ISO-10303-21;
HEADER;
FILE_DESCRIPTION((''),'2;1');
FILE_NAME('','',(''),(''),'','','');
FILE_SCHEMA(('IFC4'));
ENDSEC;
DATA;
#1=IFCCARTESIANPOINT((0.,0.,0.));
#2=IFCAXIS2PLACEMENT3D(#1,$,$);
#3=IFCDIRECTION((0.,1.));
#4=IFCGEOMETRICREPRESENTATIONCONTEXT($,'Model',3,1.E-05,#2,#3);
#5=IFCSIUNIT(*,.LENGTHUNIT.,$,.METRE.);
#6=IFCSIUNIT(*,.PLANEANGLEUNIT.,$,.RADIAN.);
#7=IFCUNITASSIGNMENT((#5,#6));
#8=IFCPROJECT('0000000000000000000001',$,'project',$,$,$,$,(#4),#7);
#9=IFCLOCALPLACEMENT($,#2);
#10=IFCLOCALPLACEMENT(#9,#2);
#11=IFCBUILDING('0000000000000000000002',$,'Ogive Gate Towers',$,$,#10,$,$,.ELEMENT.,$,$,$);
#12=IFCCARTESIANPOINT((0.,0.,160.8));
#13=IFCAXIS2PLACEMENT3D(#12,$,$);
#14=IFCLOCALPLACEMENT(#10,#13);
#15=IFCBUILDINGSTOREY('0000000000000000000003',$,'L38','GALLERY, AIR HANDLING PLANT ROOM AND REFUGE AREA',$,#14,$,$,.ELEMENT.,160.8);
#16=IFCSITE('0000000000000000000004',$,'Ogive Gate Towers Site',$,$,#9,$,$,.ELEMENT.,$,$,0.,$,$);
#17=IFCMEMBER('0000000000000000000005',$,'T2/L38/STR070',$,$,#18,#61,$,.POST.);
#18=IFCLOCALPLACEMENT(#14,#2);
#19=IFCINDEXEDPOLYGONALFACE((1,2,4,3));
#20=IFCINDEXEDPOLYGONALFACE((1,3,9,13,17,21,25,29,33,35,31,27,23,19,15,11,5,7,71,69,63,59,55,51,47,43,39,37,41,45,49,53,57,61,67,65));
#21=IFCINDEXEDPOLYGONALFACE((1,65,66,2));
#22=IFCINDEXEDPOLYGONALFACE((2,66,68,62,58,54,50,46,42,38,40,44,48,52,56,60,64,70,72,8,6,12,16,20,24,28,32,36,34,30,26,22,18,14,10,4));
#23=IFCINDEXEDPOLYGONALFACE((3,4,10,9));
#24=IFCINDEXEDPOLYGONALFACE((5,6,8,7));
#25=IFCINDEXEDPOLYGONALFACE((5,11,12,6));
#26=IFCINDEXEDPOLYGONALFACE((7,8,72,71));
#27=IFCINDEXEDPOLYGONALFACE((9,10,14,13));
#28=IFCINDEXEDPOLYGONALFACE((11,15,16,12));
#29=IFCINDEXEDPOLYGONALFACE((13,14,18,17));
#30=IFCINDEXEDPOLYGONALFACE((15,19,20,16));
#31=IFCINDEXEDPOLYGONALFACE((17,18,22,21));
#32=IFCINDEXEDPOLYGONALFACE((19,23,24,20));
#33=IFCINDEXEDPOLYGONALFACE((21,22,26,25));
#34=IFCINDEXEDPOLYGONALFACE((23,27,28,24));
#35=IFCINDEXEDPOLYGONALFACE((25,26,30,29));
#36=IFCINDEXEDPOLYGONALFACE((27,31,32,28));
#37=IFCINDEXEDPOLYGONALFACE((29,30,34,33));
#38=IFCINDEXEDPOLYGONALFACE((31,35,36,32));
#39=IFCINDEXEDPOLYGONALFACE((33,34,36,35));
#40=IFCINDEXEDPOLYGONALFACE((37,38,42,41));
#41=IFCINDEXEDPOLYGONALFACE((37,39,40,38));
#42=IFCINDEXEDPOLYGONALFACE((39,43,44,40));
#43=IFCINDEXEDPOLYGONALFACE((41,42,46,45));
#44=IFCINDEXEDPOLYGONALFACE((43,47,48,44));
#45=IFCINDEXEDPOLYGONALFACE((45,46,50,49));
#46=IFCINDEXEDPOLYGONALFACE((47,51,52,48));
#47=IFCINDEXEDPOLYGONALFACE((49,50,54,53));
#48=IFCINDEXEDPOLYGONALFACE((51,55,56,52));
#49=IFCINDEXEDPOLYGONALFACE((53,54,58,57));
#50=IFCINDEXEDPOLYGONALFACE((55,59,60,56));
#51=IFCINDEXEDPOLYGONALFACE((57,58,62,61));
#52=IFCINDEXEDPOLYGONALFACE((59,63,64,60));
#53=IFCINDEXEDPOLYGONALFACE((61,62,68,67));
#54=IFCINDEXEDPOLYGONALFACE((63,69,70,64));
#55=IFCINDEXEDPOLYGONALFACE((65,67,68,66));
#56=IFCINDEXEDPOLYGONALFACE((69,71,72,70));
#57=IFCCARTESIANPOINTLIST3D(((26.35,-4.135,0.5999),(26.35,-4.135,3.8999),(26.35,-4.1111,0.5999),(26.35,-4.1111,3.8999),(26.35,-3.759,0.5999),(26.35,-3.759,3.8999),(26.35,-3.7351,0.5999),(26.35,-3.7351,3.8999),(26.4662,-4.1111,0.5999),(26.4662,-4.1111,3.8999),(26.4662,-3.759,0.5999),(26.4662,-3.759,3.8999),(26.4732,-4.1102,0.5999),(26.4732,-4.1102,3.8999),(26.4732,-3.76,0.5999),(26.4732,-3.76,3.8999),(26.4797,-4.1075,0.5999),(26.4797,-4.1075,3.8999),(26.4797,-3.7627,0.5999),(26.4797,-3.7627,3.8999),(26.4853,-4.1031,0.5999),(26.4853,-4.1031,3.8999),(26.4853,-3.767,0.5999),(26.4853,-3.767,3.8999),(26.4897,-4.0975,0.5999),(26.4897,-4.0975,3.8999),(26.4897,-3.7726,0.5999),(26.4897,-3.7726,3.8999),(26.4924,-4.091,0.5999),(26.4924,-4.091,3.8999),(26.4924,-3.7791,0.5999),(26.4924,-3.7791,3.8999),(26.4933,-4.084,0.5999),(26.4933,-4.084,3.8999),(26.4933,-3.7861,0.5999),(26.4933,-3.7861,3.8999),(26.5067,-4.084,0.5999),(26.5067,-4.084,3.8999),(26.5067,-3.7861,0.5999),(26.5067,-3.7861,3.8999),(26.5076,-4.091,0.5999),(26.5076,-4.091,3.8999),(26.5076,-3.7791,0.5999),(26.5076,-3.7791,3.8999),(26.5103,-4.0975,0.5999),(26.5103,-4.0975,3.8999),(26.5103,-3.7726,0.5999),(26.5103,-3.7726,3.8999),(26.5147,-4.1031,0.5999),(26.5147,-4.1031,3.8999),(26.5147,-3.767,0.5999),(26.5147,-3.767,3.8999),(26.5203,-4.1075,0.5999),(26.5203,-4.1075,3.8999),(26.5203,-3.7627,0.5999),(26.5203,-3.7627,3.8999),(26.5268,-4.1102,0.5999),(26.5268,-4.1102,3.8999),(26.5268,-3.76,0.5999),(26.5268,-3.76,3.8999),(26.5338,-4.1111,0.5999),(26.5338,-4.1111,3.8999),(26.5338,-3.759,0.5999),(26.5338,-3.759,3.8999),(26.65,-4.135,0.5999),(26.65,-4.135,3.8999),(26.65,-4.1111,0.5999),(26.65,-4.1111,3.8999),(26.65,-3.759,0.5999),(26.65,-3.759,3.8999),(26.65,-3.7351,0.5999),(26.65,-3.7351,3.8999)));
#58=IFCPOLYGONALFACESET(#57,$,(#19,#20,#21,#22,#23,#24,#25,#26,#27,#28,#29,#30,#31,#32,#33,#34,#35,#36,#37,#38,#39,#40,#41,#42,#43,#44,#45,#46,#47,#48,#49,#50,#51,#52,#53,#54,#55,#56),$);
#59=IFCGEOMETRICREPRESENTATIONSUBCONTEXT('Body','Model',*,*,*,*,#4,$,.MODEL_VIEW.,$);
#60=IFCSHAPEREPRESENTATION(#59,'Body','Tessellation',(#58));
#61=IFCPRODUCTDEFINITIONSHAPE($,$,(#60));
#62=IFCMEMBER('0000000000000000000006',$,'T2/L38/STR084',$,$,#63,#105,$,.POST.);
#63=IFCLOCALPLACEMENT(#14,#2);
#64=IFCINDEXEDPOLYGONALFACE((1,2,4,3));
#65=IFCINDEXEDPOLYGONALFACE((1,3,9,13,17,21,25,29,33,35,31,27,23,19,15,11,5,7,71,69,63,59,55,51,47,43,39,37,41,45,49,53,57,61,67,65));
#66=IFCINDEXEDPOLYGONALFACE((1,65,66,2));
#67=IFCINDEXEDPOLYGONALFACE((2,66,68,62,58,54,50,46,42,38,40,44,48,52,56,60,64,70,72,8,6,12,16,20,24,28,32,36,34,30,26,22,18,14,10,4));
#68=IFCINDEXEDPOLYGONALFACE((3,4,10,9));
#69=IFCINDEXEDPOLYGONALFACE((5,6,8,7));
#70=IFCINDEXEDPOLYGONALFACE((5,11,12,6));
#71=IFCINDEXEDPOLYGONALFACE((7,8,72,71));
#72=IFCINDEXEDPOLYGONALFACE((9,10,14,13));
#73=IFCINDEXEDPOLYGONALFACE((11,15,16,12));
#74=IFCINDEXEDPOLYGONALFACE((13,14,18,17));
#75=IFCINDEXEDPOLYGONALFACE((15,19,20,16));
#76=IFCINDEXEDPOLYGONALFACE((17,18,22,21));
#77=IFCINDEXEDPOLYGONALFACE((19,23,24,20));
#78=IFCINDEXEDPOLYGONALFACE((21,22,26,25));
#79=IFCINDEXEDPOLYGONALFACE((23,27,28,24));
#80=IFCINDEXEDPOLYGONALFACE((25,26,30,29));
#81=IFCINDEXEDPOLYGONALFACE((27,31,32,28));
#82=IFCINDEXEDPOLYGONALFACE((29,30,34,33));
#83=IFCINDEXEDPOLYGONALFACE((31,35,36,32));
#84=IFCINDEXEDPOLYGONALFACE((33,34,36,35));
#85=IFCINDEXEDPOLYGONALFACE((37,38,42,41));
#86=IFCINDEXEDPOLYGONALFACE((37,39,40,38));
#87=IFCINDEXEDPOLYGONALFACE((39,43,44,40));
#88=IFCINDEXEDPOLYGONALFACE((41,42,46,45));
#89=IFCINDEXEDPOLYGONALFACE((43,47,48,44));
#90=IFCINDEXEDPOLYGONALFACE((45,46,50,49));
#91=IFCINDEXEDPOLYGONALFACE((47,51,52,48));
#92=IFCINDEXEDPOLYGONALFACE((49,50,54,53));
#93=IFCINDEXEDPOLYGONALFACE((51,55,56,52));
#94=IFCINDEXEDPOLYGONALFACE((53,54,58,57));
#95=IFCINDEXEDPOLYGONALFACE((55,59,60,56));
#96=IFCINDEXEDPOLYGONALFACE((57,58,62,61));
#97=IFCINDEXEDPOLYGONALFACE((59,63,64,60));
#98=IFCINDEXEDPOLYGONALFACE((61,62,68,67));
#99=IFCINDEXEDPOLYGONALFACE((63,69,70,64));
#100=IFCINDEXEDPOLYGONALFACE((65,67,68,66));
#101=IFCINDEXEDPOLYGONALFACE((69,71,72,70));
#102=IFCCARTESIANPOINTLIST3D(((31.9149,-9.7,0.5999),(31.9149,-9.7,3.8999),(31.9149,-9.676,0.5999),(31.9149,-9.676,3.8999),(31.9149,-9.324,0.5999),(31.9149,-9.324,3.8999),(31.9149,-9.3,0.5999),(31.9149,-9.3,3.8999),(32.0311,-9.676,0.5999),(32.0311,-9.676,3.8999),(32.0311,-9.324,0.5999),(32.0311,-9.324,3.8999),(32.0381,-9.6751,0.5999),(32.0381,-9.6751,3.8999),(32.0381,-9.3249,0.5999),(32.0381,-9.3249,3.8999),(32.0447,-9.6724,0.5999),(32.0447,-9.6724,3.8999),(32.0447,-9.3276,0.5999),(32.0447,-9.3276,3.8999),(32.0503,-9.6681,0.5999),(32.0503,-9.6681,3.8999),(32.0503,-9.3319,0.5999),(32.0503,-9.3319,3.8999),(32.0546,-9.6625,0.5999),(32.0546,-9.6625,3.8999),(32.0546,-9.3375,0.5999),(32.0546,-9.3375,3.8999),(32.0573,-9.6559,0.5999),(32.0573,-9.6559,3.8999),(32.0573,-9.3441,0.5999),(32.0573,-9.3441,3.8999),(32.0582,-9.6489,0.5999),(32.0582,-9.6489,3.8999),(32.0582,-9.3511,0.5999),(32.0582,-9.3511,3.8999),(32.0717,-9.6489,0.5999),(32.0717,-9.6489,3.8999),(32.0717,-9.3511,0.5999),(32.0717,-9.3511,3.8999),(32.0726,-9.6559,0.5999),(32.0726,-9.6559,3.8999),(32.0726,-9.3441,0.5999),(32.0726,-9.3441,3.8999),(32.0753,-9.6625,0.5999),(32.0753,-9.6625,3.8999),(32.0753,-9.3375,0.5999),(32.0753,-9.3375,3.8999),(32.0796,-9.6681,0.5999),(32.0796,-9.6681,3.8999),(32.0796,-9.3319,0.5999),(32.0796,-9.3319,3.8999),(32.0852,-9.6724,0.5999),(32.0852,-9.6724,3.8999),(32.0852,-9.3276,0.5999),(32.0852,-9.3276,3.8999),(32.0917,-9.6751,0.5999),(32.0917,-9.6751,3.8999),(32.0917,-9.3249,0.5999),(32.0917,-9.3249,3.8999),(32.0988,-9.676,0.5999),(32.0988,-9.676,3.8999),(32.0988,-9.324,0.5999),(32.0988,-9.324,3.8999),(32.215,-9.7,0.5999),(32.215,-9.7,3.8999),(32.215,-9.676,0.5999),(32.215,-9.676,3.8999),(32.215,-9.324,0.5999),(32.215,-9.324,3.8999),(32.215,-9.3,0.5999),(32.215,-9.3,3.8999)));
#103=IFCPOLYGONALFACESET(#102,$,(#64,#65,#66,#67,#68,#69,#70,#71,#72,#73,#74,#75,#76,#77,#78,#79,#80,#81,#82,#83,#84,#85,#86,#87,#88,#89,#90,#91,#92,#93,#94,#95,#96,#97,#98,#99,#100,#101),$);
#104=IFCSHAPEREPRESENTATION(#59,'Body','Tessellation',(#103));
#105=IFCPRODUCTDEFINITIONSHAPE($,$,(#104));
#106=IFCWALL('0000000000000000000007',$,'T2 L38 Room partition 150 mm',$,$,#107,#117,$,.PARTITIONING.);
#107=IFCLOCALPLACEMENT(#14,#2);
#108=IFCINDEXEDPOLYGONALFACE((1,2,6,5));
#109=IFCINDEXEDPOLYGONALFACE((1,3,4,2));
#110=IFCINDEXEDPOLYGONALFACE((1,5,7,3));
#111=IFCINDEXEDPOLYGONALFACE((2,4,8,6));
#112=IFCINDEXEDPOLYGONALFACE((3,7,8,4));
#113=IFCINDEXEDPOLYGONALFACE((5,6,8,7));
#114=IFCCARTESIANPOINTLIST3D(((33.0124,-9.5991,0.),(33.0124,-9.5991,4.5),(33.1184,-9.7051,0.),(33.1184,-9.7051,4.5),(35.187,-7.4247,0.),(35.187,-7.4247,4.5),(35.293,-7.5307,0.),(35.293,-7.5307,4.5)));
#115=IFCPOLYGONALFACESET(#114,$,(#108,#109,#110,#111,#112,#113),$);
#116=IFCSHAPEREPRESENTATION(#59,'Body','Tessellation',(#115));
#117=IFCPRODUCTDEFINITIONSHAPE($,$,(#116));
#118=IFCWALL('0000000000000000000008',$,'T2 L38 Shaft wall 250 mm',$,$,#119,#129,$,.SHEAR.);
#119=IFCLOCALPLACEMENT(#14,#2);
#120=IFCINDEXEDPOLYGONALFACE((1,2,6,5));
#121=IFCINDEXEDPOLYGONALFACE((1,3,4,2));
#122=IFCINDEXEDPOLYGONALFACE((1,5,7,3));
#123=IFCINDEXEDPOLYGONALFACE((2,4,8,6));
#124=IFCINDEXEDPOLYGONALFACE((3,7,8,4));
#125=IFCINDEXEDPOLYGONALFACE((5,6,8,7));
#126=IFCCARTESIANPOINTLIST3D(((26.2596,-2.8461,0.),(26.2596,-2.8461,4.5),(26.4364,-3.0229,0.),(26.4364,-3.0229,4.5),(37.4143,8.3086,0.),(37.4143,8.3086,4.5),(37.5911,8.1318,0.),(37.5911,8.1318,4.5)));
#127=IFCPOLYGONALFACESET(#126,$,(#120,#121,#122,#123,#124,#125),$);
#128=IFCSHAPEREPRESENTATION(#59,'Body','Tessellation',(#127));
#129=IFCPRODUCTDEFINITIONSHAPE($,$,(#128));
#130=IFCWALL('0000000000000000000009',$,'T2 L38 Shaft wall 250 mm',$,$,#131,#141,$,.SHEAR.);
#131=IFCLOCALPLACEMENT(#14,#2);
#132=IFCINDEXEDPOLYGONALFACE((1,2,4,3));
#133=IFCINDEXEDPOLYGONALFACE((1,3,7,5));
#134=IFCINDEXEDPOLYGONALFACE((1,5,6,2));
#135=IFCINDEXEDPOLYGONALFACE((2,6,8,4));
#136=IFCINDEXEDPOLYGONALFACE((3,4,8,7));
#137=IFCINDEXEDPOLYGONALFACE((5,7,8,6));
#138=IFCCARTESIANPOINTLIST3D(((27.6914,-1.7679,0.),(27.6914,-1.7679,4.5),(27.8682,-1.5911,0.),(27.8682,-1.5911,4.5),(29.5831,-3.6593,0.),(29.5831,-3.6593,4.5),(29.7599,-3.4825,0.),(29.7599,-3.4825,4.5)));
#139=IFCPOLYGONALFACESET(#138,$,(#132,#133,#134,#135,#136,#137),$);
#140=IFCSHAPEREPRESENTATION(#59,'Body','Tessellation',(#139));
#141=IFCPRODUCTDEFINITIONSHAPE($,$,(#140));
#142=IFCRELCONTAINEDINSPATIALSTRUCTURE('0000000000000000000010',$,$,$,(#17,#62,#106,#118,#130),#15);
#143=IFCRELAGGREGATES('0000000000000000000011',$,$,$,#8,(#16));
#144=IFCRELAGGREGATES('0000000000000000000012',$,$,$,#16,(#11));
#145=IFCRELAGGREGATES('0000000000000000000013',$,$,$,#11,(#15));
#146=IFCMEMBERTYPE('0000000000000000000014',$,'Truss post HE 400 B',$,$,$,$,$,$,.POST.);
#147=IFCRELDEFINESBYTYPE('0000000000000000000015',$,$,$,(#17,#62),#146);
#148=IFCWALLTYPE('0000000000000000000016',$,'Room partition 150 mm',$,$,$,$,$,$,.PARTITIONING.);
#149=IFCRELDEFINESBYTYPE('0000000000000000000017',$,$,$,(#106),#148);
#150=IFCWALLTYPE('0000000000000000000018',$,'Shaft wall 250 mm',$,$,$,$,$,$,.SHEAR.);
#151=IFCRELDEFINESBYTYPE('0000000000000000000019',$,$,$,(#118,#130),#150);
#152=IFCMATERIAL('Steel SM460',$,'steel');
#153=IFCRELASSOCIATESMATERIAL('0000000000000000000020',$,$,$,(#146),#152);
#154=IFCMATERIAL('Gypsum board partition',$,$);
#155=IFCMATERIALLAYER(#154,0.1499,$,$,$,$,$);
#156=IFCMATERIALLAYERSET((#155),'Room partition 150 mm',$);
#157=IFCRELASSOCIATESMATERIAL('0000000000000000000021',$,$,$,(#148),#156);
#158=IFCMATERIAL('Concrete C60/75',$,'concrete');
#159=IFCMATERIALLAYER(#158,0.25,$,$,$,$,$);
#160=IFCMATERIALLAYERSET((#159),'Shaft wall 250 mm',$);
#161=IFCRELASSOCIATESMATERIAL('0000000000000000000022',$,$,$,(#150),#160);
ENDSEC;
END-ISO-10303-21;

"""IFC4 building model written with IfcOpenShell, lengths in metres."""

from ifc_helpers import new_model, si_unit, direction, frame, frame_2d, origin, origin_2d, place, context, subcontext, project, spatial, rectangle, i_section, extrude, material, layer, layer_set, material_profile, profile_set, type_object, element, save


model = new_model("IFC4")

# Units and contexts
model_context = context("Model", 3, precision=1e-05, world=origin(), true_north=direction((0.0, 1.0)))
body_context = subcontext(model_context, "Body", "Model", "MODEL_VIEW")
ifc_project = project(units=[si_unit("LENGTHUNIT", "METRE"), si_unit("PLANEANGLEUNIT", "RADIAN")], contexts=[model_context])

# Site, building, storey
site_placement = place(None, origin())
site = spatial("IfcSite", under=ifc_project, at=site_placement, Name="Ogive Gate Towers Site", CompositionType="ELEMENT", RefElevation=0.0)
building_placement = place(site_placement, origin())
building = spatial("IfcBuilding", under=site, at=building_placement, Name="Ogive Gate Towers", CompositionType="ELEMENT")
storey_placement = place(building_placement, frame((0.0, 0.0, 160.8)))
storey = spatial("IfcBuildingStorey", under=building, at=storey_placement, Name="L38", Description="GALLERY, AIR HANDLING PLANT ROOM AND REFUGE AREA", CompositionType="ELEMENT", Elevation=160.8)

# Shared definitions
ifc_material_1 = material(Name="Steel SM460", Category="steel")

# Members
ifc_material_profile_1 = material_profile(ifc_material_1, i_section(OverallWidth=0.3, OverallDepth=0.3999, WebThickness=0.0134, FlangeThickness=0.0239, FilletRadius=0.0271, at=origin_2d()), Name="HE 400 B")
ifc_profile_set_1 = profile_set([ifc_material_profile_1], Name="Steel SM460")
member_type_1 = type_object("IfcMemberType", Name="Truss post HE 400 B", PredefinedType="POST", material=ifc_profile_set_1)
for number, where, z_axis, x_axis, name in (
    (1, (26.5, -3.9351, 0.5999), (0.0, 0.0, 1.0), (1.0, 0.0, 0.0), "T2/L38/STR070"),
    (2, (32.0649, -9.5, 0.5999), (0.0, 0.0, 1.0), (1.0, 0.0, 0.0), "T2/L38/STR084"),
):
    element("IfcMember", number, at=place(storey_placement, frame(where, z_axis=z_axis, x_axis=x_axis)), inside=storey, type_object=member_type_1, Name=name, PredefinedType="POST", context=body_context, shape_type="SweptSolid", body=[
        extrude(i_section(OverallWidth=0.3, OverallDepth=0.3999, WebThickness=0.0134, FlangeThickness=0.0239, FilletRadius=0.0271, at=origin_2d()), origin(), (0.0, 0.0, 1.0), 3.3),
    ])

# Walls
ifc_material_2 = material(Name="Gypsum board partition")
ifc_layer_1 = layer(ifc_material_2, 0.1499)
ifc_layer_set_1 = layer_set([ifc_layer_1], Name="Room partition 150 mm")
wall_type_1 = type_object("IfcWallType", Name="Room partition 150 mm", PredefinedType="PARTITIONING", material=ifc_layer_set_1)
wall_1_placement = place(storey_placement, frame((33.0654, -9.6521, 0.0), z_axis=(0.0, 0.0, 1.0), x_axis=(0.707146, 0.707067, 0.0)))
element("IfcWall", 3, at=wall_1_placement, inside=storey, type_object=wall_type_1, Name="T2 L38 Room partition 150 mm", PredefinedType="PARTITIONING", context=body_context, shape_type="SweptSolid", body=[
    extrude(rectangle(XDim=3.0752, YDim=0.1499, at=frame_2d((1.5376, 0.0))), origin(), (0.0, 0.0, 1.0), 4.5),
])
ifc_material_3 = material(Name="Concrete C60/75", Category="concrete")
ifc_layer_2 = layer(ifc_material_3, 0.25)
ifc_layer_set_2 = layer_set([ifc_layer_2], Name="Shaft wall 250 mm")
wall_type_2 = type_object("IfcWallType", Name="Shaft wall 250 mm", PredefinedType="SHEAR", material=ifc_layer_set_2)
wall_2_placement = place(storey_placement, frame((26.3479, -2.9346, 0.0), z_axis=(0.0, 0.0, 1.0), x_axis=(0.707107, 0.707107, 0.0)))
element("IfcWall", 4, at=wall_2_placement, inside=storey, type_object=wall_type_2, Name="T2 L38 Shaft wall 250 mm", PredefinedType="SHEAR", context=body_context, shape_type="SweptSolid", body=[
    extrude(rectangle(XDim=15.7751, YDim=0.25, at=frame_2d((7.8877, 0.0))), origin(), (0.0, 0.0, 1.0), 4.5),
])
wall_3_placement = place(storey_placement, frame((29.6714, -3.5708, 0.0), z_axis=(0.0, 0.0, 1.0), x_axis=(-0.707152, 0.707061, 0.0)))
element("IfcWall", 5, at=wall_3_placement, inside=storey, type_object=wall_type_2, Name="T2 L38 Shaft wall 250 mm", PredefinedType="SHEAR", context=body_context, shape_type="SweptSolid", body=[
    extrude(rectangle(XDim=2.675, YDim=0.25, at=frame_2d((1.3374, 0.0))), origin(), (0.0, 0.0, 1.0), 4.5),
])

save(model, "model.ifc")
